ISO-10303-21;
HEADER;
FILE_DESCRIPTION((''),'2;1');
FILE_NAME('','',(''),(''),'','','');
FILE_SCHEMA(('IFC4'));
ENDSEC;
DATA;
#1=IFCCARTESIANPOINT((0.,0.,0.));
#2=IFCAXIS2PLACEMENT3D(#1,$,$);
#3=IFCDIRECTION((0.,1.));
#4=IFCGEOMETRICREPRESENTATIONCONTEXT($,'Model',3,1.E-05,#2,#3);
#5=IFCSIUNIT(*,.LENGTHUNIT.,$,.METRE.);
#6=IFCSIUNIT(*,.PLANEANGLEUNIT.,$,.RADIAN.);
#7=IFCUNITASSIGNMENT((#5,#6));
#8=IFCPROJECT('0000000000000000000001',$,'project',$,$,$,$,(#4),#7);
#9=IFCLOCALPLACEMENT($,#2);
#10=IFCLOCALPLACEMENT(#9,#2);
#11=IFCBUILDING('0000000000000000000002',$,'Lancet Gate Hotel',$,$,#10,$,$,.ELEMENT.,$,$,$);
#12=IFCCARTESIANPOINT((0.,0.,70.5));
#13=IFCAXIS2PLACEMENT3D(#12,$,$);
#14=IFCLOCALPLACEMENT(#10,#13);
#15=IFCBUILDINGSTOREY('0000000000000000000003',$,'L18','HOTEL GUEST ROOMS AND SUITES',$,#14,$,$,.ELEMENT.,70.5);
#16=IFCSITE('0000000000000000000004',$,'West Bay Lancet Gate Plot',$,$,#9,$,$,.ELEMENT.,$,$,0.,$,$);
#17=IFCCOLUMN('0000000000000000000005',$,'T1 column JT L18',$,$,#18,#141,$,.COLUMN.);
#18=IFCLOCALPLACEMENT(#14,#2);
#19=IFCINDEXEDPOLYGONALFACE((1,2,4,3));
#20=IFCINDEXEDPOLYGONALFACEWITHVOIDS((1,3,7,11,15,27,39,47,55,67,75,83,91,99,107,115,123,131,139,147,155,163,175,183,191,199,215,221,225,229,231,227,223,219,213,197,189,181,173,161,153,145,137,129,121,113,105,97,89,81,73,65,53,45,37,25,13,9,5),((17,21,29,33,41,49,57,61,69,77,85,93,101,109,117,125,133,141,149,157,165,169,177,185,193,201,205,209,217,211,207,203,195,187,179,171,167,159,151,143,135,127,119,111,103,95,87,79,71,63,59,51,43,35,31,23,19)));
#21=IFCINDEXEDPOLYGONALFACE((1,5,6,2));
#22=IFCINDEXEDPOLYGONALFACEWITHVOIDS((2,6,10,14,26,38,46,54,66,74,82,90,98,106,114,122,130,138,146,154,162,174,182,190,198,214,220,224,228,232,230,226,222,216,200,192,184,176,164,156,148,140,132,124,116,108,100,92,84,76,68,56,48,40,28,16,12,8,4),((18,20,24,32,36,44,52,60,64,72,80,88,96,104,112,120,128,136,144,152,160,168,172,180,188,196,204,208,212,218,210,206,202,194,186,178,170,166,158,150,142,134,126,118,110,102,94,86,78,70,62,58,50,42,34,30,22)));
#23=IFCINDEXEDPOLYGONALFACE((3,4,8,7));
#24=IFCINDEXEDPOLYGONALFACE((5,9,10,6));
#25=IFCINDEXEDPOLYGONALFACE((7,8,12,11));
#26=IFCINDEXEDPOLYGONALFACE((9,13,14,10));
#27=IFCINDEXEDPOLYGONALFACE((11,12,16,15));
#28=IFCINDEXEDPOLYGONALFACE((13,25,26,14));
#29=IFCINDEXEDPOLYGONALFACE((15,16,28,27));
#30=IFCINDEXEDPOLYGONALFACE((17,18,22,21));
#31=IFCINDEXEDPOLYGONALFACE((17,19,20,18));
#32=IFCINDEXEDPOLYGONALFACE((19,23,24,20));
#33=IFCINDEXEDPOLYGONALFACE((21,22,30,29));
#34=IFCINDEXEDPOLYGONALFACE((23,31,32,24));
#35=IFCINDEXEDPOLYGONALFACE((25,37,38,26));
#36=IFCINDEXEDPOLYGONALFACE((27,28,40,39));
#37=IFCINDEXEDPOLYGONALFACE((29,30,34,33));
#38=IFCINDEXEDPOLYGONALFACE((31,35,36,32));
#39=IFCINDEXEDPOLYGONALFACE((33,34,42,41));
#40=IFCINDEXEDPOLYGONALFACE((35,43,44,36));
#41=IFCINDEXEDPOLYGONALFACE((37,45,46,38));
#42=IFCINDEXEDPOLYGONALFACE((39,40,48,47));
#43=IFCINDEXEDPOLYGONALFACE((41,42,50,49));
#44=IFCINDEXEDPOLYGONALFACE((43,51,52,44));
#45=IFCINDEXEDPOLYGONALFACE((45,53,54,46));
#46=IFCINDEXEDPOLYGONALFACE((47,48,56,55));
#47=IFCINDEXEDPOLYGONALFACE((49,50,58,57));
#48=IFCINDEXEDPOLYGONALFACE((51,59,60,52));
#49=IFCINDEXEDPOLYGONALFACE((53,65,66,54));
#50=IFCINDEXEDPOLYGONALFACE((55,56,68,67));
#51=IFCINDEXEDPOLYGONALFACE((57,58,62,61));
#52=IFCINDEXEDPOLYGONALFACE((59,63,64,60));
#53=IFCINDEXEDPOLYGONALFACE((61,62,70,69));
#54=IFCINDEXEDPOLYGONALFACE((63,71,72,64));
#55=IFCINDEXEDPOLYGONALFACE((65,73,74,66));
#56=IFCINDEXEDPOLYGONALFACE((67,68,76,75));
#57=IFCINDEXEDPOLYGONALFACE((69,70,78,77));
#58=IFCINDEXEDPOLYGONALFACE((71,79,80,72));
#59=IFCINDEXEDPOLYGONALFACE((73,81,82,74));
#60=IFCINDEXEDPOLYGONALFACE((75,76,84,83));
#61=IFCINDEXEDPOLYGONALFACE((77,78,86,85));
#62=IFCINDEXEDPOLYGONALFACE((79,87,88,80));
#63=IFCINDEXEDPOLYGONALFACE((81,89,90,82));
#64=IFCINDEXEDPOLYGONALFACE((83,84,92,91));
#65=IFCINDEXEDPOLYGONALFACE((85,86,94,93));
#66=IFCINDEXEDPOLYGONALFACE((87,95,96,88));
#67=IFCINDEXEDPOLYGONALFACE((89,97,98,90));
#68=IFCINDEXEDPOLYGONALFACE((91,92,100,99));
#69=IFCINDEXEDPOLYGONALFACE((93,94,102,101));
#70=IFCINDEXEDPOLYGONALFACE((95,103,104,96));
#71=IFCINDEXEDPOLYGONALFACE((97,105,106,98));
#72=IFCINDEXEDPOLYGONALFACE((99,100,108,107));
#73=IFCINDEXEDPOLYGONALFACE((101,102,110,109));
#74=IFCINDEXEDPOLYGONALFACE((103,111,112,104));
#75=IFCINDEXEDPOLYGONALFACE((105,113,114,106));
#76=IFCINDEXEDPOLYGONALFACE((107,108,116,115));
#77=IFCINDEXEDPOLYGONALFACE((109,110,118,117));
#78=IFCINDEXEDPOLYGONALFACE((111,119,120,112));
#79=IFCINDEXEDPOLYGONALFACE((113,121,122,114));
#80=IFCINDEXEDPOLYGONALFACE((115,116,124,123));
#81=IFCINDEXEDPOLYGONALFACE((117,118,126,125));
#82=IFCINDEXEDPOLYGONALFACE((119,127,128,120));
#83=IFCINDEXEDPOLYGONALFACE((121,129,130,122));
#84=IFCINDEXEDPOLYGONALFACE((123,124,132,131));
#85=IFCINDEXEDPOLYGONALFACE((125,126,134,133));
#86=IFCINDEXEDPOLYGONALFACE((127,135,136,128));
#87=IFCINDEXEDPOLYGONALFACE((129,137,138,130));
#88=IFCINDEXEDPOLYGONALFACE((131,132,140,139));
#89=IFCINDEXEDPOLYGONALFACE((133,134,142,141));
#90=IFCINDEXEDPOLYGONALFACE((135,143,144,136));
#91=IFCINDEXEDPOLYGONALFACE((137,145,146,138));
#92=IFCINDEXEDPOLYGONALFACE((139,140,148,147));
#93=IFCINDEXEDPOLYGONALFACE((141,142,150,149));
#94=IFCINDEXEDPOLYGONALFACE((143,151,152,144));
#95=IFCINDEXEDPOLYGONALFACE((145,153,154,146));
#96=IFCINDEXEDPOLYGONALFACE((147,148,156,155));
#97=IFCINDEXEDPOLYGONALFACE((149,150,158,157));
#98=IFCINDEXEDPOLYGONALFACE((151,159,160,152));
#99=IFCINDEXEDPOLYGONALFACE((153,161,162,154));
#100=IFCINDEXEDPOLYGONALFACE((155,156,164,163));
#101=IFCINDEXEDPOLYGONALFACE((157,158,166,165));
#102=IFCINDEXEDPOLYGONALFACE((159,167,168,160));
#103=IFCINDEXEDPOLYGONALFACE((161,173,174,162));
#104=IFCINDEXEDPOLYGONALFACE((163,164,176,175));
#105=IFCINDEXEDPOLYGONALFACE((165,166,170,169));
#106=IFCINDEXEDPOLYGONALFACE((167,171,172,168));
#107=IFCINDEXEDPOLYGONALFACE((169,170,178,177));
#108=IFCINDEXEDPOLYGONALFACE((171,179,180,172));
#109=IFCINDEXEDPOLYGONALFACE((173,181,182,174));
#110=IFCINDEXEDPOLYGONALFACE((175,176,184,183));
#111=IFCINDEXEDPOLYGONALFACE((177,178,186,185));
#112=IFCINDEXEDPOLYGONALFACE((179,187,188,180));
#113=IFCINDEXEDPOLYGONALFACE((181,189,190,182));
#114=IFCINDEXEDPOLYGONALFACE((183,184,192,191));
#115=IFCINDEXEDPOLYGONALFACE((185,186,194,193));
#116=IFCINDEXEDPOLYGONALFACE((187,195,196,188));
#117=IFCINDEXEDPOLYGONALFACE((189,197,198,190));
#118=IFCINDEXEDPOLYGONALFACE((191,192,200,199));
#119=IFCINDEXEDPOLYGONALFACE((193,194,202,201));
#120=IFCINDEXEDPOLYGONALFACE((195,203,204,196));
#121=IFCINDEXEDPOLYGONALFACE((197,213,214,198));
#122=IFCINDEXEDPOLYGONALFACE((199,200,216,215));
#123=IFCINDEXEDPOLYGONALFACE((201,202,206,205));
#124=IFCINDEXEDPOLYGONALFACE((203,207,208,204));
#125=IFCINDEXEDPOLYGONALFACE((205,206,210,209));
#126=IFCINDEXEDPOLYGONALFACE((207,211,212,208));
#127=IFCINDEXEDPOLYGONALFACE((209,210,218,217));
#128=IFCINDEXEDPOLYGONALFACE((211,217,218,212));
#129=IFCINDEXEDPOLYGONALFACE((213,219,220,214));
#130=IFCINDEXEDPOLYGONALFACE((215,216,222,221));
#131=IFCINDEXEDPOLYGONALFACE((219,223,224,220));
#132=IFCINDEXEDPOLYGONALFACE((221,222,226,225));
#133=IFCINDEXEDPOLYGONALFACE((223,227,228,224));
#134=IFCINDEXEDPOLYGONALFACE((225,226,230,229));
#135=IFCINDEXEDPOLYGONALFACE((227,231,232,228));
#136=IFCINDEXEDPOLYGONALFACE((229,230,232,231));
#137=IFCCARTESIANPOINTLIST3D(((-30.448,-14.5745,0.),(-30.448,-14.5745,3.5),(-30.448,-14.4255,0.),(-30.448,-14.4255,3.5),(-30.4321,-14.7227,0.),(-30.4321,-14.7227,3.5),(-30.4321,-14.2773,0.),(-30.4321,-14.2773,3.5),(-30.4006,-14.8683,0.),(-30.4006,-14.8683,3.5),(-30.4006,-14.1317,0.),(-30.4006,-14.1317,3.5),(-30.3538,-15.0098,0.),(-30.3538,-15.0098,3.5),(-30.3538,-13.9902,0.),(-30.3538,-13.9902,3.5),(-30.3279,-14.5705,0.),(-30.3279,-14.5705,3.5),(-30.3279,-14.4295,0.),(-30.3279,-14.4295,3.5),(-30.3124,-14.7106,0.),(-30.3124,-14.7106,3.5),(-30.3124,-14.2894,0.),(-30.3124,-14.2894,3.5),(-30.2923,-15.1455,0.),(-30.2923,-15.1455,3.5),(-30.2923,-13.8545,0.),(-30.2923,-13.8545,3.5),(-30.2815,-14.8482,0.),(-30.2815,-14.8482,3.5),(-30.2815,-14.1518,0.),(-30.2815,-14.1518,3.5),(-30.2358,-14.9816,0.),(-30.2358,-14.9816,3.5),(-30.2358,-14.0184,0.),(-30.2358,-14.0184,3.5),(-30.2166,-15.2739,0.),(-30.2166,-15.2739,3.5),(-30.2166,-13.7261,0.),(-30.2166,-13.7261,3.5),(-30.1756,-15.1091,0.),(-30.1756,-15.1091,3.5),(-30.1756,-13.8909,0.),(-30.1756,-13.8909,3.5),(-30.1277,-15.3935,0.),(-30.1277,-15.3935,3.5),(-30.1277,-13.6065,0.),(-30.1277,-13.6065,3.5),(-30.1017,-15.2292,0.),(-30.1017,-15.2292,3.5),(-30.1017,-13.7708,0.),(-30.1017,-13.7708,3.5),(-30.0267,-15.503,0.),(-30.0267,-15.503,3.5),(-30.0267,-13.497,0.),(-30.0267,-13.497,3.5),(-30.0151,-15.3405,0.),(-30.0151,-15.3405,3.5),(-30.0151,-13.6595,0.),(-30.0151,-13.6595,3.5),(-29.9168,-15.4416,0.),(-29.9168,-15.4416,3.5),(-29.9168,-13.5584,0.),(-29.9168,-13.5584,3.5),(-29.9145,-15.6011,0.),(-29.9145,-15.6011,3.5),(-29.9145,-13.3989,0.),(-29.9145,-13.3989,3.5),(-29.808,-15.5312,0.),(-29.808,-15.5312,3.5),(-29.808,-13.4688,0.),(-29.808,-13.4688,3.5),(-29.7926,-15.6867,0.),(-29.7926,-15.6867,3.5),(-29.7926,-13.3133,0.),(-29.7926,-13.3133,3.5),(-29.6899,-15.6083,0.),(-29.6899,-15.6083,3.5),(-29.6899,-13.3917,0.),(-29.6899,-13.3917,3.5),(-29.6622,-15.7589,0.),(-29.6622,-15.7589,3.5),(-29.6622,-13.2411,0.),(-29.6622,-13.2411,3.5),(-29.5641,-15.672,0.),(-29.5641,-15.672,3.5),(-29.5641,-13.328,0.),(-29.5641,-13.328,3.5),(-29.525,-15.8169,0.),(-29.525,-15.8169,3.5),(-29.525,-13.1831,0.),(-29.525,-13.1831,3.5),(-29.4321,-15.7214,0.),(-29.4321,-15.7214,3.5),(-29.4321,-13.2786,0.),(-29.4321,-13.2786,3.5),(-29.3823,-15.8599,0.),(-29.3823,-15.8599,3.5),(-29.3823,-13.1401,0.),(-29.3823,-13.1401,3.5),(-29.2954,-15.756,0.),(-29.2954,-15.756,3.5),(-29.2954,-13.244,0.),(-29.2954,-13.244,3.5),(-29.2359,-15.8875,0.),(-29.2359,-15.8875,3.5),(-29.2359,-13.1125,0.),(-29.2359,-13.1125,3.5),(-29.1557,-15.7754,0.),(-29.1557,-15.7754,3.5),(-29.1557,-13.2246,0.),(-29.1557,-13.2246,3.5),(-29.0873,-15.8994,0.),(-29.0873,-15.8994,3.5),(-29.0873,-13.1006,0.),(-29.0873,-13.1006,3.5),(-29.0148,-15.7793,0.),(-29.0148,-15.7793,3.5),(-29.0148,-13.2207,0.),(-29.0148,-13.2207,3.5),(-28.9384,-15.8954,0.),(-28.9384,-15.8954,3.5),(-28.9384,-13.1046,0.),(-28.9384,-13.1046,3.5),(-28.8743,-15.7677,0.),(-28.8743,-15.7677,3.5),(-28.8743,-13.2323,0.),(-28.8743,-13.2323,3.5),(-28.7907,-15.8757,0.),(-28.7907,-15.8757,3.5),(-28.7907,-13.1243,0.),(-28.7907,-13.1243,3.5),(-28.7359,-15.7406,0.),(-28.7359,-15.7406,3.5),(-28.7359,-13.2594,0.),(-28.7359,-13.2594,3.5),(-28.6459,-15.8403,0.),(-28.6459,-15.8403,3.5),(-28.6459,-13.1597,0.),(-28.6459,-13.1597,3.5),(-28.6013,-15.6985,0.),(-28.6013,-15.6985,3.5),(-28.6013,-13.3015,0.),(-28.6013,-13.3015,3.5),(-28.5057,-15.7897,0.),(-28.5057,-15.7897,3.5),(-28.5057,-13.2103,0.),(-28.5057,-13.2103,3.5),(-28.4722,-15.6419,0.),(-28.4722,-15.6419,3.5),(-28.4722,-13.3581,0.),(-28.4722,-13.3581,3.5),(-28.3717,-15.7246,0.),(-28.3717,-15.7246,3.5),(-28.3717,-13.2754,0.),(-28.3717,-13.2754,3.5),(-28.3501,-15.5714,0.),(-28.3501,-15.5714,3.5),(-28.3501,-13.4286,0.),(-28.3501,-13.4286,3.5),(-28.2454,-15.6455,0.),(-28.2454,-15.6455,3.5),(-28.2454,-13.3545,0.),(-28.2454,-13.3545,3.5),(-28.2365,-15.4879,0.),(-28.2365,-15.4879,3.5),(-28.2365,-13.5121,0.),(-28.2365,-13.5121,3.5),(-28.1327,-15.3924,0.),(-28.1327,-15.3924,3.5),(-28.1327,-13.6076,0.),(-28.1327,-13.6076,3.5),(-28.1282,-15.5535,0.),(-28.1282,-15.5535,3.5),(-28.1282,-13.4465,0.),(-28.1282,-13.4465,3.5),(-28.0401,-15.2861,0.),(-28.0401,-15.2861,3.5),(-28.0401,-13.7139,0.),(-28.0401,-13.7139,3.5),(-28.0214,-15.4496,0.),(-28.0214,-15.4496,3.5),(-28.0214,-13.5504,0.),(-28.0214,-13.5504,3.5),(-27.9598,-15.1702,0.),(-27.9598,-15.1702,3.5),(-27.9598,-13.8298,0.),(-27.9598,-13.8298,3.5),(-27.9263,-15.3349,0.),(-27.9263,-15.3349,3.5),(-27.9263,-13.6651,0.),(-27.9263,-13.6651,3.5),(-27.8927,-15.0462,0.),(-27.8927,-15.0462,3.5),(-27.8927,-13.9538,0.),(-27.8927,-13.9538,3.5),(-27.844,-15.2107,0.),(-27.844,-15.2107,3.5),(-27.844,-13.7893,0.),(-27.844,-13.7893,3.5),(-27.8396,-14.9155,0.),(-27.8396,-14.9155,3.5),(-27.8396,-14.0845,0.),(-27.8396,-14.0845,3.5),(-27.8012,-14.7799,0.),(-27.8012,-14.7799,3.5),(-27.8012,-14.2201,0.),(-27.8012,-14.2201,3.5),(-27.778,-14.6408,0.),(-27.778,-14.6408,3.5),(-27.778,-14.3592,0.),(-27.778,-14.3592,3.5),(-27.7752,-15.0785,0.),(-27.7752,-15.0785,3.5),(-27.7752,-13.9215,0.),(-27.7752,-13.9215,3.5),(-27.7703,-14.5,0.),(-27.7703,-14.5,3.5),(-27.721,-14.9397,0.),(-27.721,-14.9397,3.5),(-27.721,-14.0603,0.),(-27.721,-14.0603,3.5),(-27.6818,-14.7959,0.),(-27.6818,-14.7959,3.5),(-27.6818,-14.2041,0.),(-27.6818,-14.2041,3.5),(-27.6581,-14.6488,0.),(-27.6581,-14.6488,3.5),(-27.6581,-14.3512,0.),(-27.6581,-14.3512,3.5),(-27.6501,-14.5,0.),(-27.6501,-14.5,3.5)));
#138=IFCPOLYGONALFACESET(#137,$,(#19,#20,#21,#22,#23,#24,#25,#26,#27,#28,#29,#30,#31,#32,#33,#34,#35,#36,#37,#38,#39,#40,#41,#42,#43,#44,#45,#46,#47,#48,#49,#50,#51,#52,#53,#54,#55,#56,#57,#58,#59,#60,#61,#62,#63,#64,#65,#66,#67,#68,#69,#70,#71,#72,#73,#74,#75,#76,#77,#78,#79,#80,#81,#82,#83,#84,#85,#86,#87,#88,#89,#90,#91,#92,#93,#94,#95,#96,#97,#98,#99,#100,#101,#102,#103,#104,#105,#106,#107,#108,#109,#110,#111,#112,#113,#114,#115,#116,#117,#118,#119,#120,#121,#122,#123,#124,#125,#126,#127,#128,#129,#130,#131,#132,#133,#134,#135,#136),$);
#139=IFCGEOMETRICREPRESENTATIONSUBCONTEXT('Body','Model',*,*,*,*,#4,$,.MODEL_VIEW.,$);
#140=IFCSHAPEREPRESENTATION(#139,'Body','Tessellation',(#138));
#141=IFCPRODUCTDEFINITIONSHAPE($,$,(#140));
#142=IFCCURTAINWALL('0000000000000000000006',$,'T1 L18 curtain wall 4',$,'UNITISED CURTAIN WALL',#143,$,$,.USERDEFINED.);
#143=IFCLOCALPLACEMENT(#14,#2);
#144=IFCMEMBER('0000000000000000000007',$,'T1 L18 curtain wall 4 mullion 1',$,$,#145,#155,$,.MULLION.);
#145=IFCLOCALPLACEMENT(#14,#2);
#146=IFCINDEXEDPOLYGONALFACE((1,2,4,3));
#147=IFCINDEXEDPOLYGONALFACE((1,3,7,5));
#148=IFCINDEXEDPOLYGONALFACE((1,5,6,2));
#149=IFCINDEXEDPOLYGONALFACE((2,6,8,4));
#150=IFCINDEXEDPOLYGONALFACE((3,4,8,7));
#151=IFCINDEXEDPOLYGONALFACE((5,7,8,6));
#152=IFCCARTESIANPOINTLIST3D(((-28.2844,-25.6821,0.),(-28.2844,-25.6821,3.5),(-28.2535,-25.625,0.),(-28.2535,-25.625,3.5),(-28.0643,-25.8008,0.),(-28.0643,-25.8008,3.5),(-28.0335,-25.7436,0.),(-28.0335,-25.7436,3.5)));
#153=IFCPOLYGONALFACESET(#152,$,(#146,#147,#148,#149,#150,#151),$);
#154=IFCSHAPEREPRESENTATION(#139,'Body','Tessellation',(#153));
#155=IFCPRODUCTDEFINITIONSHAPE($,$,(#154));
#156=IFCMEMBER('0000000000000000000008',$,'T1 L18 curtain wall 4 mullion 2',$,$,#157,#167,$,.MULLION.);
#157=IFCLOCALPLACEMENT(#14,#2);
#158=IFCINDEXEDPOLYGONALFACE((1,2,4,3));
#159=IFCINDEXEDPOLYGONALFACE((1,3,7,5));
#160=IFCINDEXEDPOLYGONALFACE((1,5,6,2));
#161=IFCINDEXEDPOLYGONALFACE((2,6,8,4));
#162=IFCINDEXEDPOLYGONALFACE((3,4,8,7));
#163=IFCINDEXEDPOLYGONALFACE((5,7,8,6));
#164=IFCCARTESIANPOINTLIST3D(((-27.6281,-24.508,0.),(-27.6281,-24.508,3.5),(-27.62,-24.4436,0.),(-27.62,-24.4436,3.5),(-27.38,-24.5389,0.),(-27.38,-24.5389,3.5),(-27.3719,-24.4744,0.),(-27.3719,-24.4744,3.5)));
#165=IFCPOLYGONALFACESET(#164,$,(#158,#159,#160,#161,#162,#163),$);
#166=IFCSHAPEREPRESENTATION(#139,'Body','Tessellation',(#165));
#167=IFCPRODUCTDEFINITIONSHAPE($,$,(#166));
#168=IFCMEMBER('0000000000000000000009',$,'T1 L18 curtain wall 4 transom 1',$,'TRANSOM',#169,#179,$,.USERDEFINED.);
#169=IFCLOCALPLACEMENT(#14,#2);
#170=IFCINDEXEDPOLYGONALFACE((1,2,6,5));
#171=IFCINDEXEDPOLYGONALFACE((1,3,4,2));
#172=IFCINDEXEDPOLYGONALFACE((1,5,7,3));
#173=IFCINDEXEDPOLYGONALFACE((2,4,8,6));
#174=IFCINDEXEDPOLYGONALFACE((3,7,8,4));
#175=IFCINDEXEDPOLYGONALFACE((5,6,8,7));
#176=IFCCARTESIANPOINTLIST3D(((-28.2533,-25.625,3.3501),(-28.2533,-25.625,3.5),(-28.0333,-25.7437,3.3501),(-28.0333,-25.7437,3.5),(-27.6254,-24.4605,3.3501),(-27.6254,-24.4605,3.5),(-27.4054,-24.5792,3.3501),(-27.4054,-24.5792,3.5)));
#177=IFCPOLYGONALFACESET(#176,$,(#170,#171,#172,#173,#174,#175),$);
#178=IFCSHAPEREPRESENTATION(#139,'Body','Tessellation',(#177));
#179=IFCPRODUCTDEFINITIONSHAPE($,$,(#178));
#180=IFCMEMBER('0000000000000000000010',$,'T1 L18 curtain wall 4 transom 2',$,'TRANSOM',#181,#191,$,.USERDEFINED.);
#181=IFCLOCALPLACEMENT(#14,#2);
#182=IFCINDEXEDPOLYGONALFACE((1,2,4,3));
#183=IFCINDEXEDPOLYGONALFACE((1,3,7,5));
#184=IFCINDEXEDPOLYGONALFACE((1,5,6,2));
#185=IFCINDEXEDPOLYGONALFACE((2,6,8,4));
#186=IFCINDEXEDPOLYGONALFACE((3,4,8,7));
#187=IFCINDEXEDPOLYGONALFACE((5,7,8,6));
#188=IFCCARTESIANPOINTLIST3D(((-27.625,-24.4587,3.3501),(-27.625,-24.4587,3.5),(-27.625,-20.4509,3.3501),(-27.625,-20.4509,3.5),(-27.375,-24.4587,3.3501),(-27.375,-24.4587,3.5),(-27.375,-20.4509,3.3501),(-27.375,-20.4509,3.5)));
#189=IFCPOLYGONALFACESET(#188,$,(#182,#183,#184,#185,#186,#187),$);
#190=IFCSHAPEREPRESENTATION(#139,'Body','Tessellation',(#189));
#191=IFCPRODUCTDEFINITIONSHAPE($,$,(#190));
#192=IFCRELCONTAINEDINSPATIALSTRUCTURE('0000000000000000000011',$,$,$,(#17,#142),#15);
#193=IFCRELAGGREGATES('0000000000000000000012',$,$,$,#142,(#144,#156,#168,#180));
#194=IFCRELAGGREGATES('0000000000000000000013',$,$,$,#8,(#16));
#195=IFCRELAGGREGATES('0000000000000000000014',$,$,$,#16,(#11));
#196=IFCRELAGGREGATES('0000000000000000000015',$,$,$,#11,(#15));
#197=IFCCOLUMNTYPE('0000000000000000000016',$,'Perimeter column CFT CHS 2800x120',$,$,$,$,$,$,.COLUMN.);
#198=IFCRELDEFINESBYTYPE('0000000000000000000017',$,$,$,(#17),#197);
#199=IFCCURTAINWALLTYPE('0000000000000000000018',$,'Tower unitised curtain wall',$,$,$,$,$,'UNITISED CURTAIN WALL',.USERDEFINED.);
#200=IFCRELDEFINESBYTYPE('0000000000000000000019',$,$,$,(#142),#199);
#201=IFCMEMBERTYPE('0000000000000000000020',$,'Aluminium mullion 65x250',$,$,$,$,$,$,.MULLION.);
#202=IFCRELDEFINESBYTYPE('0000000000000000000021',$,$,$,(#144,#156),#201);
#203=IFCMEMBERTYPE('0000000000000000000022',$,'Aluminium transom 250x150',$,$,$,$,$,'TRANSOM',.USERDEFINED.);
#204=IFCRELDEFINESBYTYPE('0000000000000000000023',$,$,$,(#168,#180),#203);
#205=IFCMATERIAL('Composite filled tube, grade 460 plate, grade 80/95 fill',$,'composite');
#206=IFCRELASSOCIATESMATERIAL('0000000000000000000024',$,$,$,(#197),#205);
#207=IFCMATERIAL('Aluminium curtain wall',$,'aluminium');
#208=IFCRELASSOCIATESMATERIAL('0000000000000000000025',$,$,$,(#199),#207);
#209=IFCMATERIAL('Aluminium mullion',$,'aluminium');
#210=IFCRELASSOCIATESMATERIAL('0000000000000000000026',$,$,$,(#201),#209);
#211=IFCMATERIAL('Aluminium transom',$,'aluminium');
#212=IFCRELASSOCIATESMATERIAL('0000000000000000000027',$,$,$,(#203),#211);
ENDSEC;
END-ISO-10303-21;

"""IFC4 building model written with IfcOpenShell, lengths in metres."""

from ifc_helpers import new_model, si_unit, direction, frame, origin, origin_2d, place, context, subcontext, project, spatial, rectangle, hollow_circle, extrude, material, material_profile, profile_set, type_object, element, aggregate, save


model = new_model("IFC4")

# Units and contexts
model_context = context("Model", 3, precision=1e-05, world=origin(), true_north=direction((0.0, 1.0)))
body_context = subcontext(model_context, "Body", "Model", "MODEL_VIEW")
ifc_project = project(units=[si_unit("LENGTHUNIT", "METRE"), si_unit("PLANEANGLEUNIT", "RADIAN")], contexts=[model_context])

# Site, building, storey
site_placement = place(None, origin())
site = spatial("IfcSite", under=ifc_project, at=site_placement, Name="West Bay Lancet Gate Plot", CompositionType="ELEMENT", RefElevation=0.0)
building_placement = place(site_placement, origin())
building = spatial("IfcBuilding", under=site, at=building_placement, Name="Lancet Gate Hotel", CompositionType="ELEMENT")
storey_placement = place(building_placement, frame((0.0, 0.0, 70.5)))
storey = spatial("IfcBuildingStorey", under=building, at=storey_placement, Name="L18", Description="HOTEL GUEST ROOMS AND SUITES", CompositionType="ELEMENT", Elevation=70.5)

# Column
ifc_material_1 = material(Name="Composite filled tube, grade 460 plate, grade 80/95 fill", Category="composite")
ifc_material_profile_1 = material_profile(ifc_material_1, hollow_circle(Radius=1.3999, WallThickness=0.1201, at=origin_2d()), Name="CHS 2800x120")
ifc_profile_set_1 = profile_set([ifc_material_profile_1], Name="Composite filled tube, grade 460 plate, grade 80/95 fill")
column_type = type_object("IfcColumnType", Name="Perimeter column CFT CHS 2800x120", PredefinedType="COLUMN", material=ifc_profile_set_1)
for number, where, z_axis, x_axis, name in (
    (1, (-29.05, -14.5, 0.0), (0.0, 0.0, 1.0), (1.0, 0.0, 0.0), "T1 column JT L18"),
):
    element("IfcColumn", number, at=place(storey_placement, frame(where, z_axis=z_axis, x_axis=x_axis)), inside=storey, type_object=column_type, Name=name, PredefinedType="COLUMN", context=body_context, shape_type="SweptSolid", body=[
        extrude(hollow_circle(Radius=1.3999, WallThickness=0.1201, at=origin_2d()), origin(), (0.0, 0.0, 1.0), 3.5),
    ])

# Curtain wall, members
ifc_material_2 = material(Name="Aluminium curtain wall", Category="aluminium")
curtain_wall_type = type_object("IfcCurtainWallType", Name="Tower unitised curtain wall", ElementType="UNITISED CURTAIN WALL", PredefinedType="USERDEFINED", material=ifc_material_2)
curtain_wall_placement = place(storey_placement, origin())
curtain_wall = element("IfcCurtainWall", 2, at=curtain_wall_placement, inside=storey, type_object=curtain_wall_type, Name="T1 L18 curtain wall 4", ObjectType="UNITISED CURTAIN WALL", PredefinedType="USERDEFINED")
ifc_material_3 = material(Name="Aluminium mullion", Category="aluminium")
ifc_material_profile_2 = material_profile(ifc_material_3, rectangle(XDim=0.0649, YDim=0.25, at=origin_2d()), Name="MULLION 65x250")
ifc_profile_set_2 = profile_set([ifc_material_profile_2], Name="Aluminium mullion")
member_type_1 = type_object("IfcMemberType", Name="Aluminium mullion 65x250", PredefinedType="MULLION", material=ifc_profile_set_2)
member_1_placement = place(storey_placement, frame((-28.1589, -25.7129, 0.0), z_axis=(0.0, 0.0, 1.0), x_axis=(0.474631, 0.880185, 0.0)))
member_1 = element("IfcMember", 3, at=member_1_placement, type_object=member_type_1, Name="T1 L18 curtain wall 4 mullion 1", PredefinedType="MULLION", context=body_context, shape_type="SweptSolid", body=[
    extrude(rectangle(XDim=0.0649, YDim=0.25, at=origin_2d()), origin(), (0.0, 0.0, 1.0), 3.5),
])
member_2_placement = place(storey_placement, frame((-27.5, -24.4912, 0.0), z_axis=(0.0, 0.0, 1.0), x_axis=(0.123483, 0.992347, 0.0)))
member_2 = element("IfcMember", 4, at=member_2_placement, type_object=member_type_1, Name="T1 L18 curtain wall 4 mullion 2", PredefinedType="MULLION", context=body_context, shape_type="SweptSolid", body=[
    extrude(rectangle(XDim=0.0649, YDim=0.25, at=origin_2d()), origin(), (0.0, 0.0, 1.0), 3.5),
])
ifc_material_4 = material(Name="Aluminium transom", Category="aluminium")
ifc_material_profile_3 = material_profile(ifc_material_4, rectangle(XDim=0.25, YDim=0.1499, at=origin_2d()), Name="TRANSOM 250x150")
ifc_profile_set_3 = profile_set([ifc_material_profile_3], Name="Aluminium transom")
member_type_2 = type_object("IfcMemberType", Name="Aluminium transom 250x150", ElementType="TRANSOM", PredefinedType="USERDEFINED", material=ifc_profile_set_3)
member_3_placement = place(storey_placement, frame((-28.1433, -25.6843, 3.425), z_axis=(0.474606, 0.880198, 0.0), x_axis=(-0.880198, 0.474606, 0.0)))
member_3 = element("IfcMember", 5, at=member_3_placement, type_object=member_type_2, Name="T1 L18 curtain wall 4 transom 1", ObjectType="TRANSOM", PredefinedType="USERDEFINED", context=body_context, shape_type="SweptSolid", body=[
    extrude(rectangle(XDim=0.25, YDim=0.1499, at=origin_2d()), origin(), (0.0, 0.0, 1.0), 1.323),
])
member_4_placement = place(storey_placement, frame((-27.5, -24.4587, 3.425), z_axis=(0.0, 1.0, 0.0), x_axis=(-1.0, 0.0, 0.0)))
member_4 = element("IfcMember", 6, at=member_4_placement, type_object=member_type_2, Name="T1 L18 curtain wall 4 transom 2", ObjectType="TRANSOM", PredefinedType="USERDEFINED", context=body_context, shape_type="SweptSolid", body=[
    extrude(rectangle(XDim=0.25, YDim=0.1499, at=origin_2d()), origin(), (0.0, 0.0, 1.0), 4.0078),
])

aggregate(curtain_wall, [member_1, member_2, member_3, member_4])

save(model, "model.ifc")
